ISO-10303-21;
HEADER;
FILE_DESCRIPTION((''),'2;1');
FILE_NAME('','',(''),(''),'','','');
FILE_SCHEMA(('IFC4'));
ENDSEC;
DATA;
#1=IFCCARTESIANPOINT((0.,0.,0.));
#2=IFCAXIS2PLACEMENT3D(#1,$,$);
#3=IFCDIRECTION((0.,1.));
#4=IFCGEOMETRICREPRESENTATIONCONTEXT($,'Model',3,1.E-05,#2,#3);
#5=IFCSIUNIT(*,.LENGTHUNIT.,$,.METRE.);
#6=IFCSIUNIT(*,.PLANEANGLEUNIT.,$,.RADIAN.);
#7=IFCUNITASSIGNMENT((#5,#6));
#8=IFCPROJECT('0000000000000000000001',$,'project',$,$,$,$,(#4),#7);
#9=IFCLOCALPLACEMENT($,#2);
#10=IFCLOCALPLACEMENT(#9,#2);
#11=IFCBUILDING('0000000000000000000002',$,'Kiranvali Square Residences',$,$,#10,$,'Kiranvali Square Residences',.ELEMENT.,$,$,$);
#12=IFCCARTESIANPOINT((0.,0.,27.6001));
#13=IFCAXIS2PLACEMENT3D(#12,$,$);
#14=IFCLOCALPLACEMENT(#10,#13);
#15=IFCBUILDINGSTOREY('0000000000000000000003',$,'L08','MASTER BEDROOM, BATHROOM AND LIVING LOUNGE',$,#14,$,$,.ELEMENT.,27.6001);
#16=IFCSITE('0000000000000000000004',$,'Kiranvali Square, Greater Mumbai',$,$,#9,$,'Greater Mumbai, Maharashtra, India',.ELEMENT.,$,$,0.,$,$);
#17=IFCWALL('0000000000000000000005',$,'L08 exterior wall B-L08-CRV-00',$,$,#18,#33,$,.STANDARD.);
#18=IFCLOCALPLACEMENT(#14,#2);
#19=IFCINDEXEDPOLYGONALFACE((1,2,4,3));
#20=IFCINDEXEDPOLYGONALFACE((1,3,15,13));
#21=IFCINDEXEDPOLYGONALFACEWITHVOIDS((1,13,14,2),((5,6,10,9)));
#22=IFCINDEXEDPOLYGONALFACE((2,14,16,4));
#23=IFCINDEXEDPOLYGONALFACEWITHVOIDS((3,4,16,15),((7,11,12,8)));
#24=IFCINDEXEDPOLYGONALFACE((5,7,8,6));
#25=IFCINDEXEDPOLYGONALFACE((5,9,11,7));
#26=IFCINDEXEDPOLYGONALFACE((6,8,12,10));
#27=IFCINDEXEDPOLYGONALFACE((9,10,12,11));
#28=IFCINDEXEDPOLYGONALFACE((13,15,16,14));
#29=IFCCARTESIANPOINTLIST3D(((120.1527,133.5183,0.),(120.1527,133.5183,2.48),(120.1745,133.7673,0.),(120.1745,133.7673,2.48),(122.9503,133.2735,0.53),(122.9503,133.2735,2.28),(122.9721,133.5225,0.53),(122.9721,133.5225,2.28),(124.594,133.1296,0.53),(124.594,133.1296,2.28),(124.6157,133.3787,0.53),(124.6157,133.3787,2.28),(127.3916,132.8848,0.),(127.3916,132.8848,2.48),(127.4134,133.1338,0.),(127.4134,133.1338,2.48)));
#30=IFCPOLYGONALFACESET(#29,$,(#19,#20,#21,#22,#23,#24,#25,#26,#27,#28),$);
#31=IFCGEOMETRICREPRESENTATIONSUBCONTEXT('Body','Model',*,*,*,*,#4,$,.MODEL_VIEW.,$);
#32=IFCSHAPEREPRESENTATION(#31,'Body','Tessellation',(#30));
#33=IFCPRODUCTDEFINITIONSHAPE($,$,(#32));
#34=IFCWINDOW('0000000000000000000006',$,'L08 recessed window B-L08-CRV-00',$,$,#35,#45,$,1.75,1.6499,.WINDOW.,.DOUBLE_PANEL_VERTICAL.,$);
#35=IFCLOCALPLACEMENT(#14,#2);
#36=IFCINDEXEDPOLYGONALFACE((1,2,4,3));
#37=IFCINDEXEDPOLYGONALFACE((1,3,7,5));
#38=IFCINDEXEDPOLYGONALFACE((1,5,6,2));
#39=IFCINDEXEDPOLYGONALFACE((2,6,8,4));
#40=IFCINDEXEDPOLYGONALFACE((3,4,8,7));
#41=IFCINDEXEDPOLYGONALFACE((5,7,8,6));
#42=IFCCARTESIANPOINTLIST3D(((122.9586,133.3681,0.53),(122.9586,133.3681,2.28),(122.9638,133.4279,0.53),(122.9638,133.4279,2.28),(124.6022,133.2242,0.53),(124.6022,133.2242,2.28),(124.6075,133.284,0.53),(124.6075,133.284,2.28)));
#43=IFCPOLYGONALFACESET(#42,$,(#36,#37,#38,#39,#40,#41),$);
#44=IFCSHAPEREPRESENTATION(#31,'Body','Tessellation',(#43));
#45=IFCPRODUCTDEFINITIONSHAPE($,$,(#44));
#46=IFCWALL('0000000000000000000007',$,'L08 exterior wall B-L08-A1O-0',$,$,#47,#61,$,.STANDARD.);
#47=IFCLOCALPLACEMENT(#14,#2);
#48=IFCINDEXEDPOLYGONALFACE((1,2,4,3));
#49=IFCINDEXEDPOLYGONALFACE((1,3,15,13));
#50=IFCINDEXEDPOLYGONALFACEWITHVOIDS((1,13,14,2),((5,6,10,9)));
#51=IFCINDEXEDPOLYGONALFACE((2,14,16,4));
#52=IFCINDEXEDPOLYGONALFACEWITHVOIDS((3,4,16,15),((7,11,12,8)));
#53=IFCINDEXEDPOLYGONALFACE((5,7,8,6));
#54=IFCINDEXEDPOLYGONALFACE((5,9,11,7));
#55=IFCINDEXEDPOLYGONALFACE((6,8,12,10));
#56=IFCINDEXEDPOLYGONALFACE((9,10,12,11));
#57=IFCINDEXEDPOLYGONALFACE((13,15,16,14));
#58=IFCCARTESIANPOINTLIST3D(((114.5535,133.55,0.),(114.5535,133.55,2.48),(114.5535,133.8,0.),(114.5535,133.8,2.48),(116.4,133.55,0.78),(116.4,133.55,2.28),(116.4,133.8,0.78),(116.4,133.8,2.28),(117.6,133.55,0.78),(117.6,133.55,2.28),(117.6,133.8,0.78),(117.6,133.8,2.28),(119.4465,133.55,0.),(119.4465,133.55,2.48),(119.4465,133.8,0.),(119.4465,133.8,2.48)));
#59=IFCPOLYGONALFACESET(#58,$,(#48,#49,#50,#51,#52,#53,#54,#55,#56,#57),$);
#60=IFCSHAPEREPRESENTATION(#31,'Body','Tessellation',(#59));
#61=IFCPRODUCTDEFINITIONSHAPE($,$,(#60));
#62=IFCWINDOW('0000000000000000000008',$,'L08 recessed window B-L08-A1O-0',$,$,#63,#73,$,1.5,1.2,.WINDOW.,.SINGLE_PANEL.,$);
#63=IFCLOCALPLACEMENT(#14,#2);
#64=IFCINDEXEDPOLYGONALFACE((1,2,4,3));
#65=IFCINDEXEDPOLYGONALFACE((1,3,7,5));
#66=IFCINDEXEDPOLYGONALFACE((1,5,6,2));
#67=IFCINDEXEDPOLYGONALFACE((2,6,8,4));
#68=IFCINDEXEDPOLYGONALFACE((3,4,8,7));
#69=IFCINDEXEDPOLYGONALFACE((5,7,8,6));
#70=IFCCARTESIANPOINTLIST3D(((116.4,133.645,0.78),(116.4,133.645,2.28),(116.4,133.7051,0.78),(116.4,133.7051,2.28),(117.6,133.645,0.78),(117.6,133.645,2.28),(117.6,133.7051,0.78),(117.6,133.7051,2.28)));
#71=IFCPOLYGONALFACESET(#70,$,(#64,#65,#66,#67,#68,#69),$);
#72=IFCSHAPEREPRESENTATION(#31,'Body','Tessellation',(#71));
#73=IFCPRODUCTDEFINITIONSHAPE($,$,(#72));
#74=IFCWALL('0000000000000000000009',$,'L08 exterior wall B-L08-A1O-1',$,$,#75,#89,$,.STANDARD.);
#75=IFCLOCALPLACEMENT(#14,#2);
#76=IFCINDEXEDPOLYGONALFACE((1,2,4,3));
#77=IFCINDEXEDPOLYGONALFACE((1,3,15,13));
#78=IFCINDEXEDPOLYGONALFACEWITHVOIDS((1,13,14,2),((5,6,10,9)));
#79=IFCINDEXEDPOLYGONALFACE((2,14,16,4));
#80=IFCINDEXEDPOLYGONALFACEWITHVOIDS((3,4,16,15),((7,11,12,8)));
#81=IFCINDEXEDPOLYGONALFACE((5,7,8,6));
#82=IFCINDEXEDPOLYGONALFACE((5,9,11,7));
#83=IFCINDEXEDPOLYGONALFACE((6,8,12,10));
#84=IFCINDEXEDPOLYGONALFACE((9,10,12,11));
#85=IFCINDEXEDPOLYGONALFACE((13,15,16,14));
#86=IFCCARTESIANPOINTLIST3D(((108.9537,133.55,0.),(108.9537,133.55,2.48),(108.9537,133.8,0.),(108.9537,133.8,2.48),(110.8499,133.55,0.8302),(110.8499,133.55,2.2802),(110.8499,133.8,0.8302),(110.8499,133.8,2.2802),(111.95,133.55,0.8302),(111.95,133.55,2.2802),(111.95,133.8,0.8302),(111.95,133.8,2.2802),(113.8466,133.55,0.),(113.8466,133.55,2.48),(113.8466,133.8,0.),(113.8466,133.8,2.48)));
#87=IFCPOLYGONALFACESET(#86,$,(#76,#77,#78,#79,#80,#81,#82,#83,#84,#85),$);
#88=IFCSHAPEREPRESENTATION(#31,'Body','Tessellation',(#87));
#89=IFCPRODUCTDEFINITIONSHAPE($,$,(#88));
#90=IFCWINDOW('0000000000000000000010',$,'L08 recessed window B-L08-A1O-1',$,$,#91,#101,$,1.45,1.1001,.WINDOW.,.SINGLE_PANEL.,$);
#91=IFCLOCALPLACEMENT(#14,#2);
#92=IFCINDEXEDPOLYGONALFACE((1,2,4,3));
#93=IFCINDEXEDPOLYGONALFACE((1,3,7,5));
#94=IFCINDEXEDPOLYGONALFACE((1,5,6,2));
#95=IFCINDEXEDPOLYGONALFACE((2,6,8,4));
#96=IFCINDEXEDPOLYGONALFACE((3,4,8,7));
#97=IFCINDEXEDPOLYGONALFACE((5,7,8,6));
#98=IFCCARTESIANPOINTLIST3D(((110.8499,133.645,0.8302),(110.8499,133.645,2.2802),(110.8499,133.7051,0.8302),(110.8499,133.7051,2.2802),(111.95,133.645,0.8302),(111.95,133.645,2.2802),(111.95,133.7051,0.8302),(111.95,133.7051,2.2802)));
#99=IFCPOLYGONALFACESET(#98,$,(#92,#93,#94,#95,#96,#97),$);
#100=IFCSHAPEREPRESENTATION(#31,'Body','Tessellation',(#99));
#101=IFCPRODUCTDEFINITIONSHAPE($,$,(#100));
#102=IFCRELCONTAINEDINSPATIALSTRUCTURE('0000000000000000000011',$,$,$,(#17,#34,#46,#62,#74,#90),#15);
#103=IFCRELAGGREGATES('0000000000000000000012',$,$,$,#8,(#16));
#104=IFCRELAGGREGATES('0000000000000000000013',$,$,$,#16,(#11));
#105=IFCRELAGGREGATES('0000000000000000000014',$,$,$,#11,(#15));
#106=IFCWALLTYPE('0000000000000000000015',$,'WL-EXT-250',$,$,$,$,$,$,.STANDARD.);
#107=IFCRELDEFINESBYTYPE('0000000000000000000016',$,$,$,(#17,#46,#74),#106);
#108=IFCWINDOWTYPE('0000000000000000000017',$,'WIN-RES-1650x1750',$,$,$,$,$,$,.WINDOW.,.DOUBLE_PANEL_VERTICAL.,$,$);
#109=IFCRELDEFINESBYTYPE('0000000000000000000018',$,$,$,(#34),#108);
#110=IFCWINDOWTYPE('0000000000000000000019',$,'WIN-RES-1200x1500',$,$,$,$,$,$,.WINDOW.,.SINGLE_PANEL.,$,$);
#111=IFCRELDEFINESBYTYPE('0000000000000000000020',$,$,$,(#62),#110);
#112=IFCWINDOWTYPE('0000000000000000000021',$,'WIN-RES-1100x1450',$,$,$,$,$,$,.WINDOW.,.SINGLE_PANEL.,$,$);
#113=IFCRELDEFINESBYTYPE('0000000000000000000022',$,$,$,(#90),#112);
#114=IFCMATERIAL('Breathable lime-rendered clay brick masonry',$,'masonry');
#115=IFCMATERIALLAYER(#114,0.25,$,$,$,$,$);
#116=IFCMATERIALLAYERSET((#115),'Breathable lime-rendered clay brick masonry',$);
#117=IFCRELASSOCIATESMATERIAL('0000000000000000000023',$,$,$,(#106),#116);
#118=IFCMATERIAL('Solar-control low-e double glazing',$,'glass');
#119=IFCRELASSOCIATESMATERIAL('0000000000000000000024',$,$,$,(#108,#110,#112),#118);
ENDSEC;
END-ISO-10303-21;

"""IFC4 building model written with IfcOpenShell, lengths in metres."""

from ifc_helpers import new_model, si_unit, direction, frame, frame_2d, origin, place, context, subcontext, project, spatial, rectangle, extrude, material, layer, layer_set, type_object, element, fill, save


model = new_model("IFC4")

# Units and contexts
model_context = context("Model", 3, precision=1e-05, world=origin(), true_north=direction((0.0, 1.0)))
body_context = subcontext(model_context, "Body", "Model", "MODEL_VIEW")
ifc_project = project(units=[si_unit("LENGTHUNIT", "METRE"), si_unit("PLANEANGLEUNIT", "RADIAN")], contexts=[model_context])

# Site, building, storey
site_placement = place(None, origin())
site = spatial("IfcSite", under=ifc_project, at=site_placement, Name="Kiranvali Square, Greater Mumbai", LongName="Greater Mumbai, Maharashtra, India", CompositionType="ELEMENT", RefElevation=0.0)
building_placement = place(site_placement, origin())
building = spatial("IfcBuilding", under=site, at=building_placement, Name="Kiranvali Square Residences", LongName="Kiranvali Square Residences", CompositionType="ELEMENT")
storey_placement = place(building_placement, frame((0.0, 0.0, 27.6001)))
storey = spatial("IfcBuildingStorey", under=building, at=storey_placement, Name="L08", Description="MASTER BEDROOM, BATHROOM AND LIVING LOUNGE", CompositionType="ELEMENT", Elevation=27.6001)

# Walls, openings, windows
ifc_material_1 = material(Name="Breathable lime-rendered clay brick masonry", Category="masonry")
ifc_layer = layer(ifc_material_1, 0.25)
ifc_layer_set = layer_set([ifc_layer], Name="Breathable lime-rendered clay brick masonry")
wall_type = type_object("IfcWallType", Name="WL-EXT-250", PredefinedType="STANDARD", material=ifc_layer_set)
wall_1_placement = place(storey_placement, frame((120.1636, 133.6428, 0.0), z_axis=(0.0, 0.0, 1.0), x_axis=(0.996192, -0.087185, 0.0)))
wall_1 = element("IfcWall", 1, at=wall_1_placement, inside=storey, type_object=wall_type, Name="L08 exterior wall B-L08-CRV-00", PredefinedType="STANDARD", context=body_context, shape_type="SweptSolid", body=[
    extrude(rectangle(XDim=7.2666, YDim=0.25, at=frame_2d((3.6333, 0.0))), origin(), (0.0, 0.0, 1.0), 2.48),
])
opening_1_placement = place(wall_1_placement, frame((2.8083, 0.0, 0.53)))
opening_1 = element("IfcOpeningElement", 2, at=opening_1_placement, cuts=wall_1, PredefinedType="OPENING", context=body_context, shape_type="SweptSolid", body=[
    extrude(rectangle(XDim=1.6499, YDim=1.75, at=frame_2d((0.825, 0.875))), frame((0.0, 0.135, 0.0), z_axis=(0.0, -1.0, 0.0), x_axis=(1.0, 0.0, 0.0)), (0.0, 0.0, 1.0), 0.27),
])
ifc_material_2 = material(Name="Solar-control low-e double glazing", Category="glass")
window_type_1 = type_object("IfcWindowType", Name="WIN-RES-1650x1750", PartitioningType="DOUBLE_PANEL_VERTICAL", PredefinedType="WINDOW", material=ifc_material_2)
window_1_placement = place(opening_1_placement, origin())
window_1 = element("IfcWindow", 3, at=window_1_placement, inside=storey, type_object=window_type_1, Name="L08 recessed window B-L08-CRV-00", OverallHeight=1.75, OverallWidth=1.6499, PartitioningType="DOUBLE_PANEL_VERTICAL", PredefinedType="WINDOW", context=body_context, shape_type="SweptSolid", body=[
    extrude(rectangle(XDim=1.6499, YDim=1.75, at=frame_2d((0.825, 0.875))), frame((0.0, 0.03, 0.0), z_axis=(0.0, -1.0, 0.0), x_axis=(1.0, 0.0, 0.0)), (0.0, 0.0, 1.0), 0.0601),
])
fill(opening_1, window_1)
wall_2_placement = place(storey_placement, frame((119.4465, 133.675, 0.0), z_axis=(0.0, 0.0, 1.0), x_axis=(-1.0, 0.0, 0.0)))
wall_2 = element("IfcWall", 4, at=wall_2_placement, inside=storey, type_object=wall_type, Name="L08 exterior wall B-L08-A1O-0", PredefinedType="STANDARD", context=body_context, shape_type="SweptSolid", body=[
    extrude(rectangle(XDim=4.8931, YDim=0.25, at=frame_2d((2.4465, 0.0))), origin(), (0.0, 0.0, 1.0), 2.48),
])
opening_2_placement = place(wall_2_placement, frame((1.8464, 0.0, 0.78)))
opening_2 = element("IfcOpeningElement", 5, at=opening_2_placement, cuts=wall_2, PredefinedType="OPENING", context=body_context, shape_type="SweptSolid", body=[
    extrude(rectangle(XDim=1.2, YDim=1.5, at=frame_2d((0.6001, 0.75))), frame((0.0, 0.135, 0.0), z_axis=(0.0, -1.0, 0.0), x_axis=(1.0, 0.0, 0.0)), (0.0, 0.0, 1.0), 0.27),
])
window_type_2 = type_object("IfcWindowType", Name="WIN-RES-1200x1500", PartitioningType="SINGLE_PANEL", PredefinedType="WINDOW", material=ifc_material_2)
window_2_placement = place(opening_2_placement, origin())
window_2 = element("IfcWindow", 6, at=window_2_placement, inside=storey, type_object=window_type_2, Name="L08 recessed window B-L08-A1O-0", OverallHeight=1.5, OverallWidth=1.2, PartitioningType="SINGLE_PANEL", PredefinedType="WINDOW", context=body_context, shape_type="SweptSolid", body=[
    extrude(rectangle(XDim=1.2, YDim=1.5, at=frame_2d((0.6001, 0.75))), frame((0.0, 0.03, 0.0), z_axis=(0.0, -1.0, 0.0), x_axis=(1.0, 0.0, 0.0)), (0.0, 0.0, 1.0), 0.0601),
])
fill(opening_2, window_2)
wall_3_placement = place(storey_placement, frame((113.8464, 133.675, 0.0), z_axis=(0.0, 0.0, 1.0), x_axis=(-1.0, 0.0, 0.0)))
wall_3 = element("IfcWall", 7, at=wall_3_placement, inside=storey, type_object=wall_type, Name="L08 exterior wall B-L08-A1O-1", PredefinedType="STANDARD", context=body_context, shape_type="SweptSolid", body=[
    extrude(rectangle(XDim=4.8928, YDim=0.25, at=frame_2d((2.4463, 0.0))), origin(), (0.0, 0.0, 1.0), 2.48),
])
opening_3_placement = place(wall_3_placement, frame((1.8965, 0.0, 0.8301)))
opening_3 = element("IfcOpeningElement", 8, at=opening_3_placement, cuts=wall_3, PredefinedType="OPENING", context=body_context, shape_type="SweptSolid", body=[
    extrude(rectangle(XDim=1.1001, YDim=1.45, at=frame_2d((0.55, 0.7251))), frame((0.0, 0.135, 0.0), z_axis=(0.0, -1.0, 0.0), x_axis=(1.0, 0.0, 0.0)), (0.0, 0.0, 1.0), 0.27),
])
window_type_3 = type_object("IfcWindowType", Name="WIN-RES-1100x1450", PartitioningType="SINGLE_PANEL", PredefinedType="WINDOW", material=ifc_material_2)
window_3_placement = place(opening_3_placement, origin())
window_3 = element("IfcWindow", 9, at=window_3_placement, inside=storey, type_object=window_type_3, Name="L08 recessed window B-L08-A1O-1", OverallHeight=1.45, OverallWidth=1.1001, PartitioningType="SINGLE_PANEL", PredefinedType="WINDOW", context=body_context, shape_type="SweptSolid", body=[
    extrude(rectangle(XDim=1.1001, YDim=1.45, at=frame_2d((0.55, 0.7251))), frame((0.0, 0.03, 0.0), z_axis=(0.0, -1.0, 0.0), x_axis=(1.0, 0.0, 0.0)), (0.0, 0.0, 1.0), 0.0601),
])
fill(opening_3, window_3)

save(model, "model.ifc")
